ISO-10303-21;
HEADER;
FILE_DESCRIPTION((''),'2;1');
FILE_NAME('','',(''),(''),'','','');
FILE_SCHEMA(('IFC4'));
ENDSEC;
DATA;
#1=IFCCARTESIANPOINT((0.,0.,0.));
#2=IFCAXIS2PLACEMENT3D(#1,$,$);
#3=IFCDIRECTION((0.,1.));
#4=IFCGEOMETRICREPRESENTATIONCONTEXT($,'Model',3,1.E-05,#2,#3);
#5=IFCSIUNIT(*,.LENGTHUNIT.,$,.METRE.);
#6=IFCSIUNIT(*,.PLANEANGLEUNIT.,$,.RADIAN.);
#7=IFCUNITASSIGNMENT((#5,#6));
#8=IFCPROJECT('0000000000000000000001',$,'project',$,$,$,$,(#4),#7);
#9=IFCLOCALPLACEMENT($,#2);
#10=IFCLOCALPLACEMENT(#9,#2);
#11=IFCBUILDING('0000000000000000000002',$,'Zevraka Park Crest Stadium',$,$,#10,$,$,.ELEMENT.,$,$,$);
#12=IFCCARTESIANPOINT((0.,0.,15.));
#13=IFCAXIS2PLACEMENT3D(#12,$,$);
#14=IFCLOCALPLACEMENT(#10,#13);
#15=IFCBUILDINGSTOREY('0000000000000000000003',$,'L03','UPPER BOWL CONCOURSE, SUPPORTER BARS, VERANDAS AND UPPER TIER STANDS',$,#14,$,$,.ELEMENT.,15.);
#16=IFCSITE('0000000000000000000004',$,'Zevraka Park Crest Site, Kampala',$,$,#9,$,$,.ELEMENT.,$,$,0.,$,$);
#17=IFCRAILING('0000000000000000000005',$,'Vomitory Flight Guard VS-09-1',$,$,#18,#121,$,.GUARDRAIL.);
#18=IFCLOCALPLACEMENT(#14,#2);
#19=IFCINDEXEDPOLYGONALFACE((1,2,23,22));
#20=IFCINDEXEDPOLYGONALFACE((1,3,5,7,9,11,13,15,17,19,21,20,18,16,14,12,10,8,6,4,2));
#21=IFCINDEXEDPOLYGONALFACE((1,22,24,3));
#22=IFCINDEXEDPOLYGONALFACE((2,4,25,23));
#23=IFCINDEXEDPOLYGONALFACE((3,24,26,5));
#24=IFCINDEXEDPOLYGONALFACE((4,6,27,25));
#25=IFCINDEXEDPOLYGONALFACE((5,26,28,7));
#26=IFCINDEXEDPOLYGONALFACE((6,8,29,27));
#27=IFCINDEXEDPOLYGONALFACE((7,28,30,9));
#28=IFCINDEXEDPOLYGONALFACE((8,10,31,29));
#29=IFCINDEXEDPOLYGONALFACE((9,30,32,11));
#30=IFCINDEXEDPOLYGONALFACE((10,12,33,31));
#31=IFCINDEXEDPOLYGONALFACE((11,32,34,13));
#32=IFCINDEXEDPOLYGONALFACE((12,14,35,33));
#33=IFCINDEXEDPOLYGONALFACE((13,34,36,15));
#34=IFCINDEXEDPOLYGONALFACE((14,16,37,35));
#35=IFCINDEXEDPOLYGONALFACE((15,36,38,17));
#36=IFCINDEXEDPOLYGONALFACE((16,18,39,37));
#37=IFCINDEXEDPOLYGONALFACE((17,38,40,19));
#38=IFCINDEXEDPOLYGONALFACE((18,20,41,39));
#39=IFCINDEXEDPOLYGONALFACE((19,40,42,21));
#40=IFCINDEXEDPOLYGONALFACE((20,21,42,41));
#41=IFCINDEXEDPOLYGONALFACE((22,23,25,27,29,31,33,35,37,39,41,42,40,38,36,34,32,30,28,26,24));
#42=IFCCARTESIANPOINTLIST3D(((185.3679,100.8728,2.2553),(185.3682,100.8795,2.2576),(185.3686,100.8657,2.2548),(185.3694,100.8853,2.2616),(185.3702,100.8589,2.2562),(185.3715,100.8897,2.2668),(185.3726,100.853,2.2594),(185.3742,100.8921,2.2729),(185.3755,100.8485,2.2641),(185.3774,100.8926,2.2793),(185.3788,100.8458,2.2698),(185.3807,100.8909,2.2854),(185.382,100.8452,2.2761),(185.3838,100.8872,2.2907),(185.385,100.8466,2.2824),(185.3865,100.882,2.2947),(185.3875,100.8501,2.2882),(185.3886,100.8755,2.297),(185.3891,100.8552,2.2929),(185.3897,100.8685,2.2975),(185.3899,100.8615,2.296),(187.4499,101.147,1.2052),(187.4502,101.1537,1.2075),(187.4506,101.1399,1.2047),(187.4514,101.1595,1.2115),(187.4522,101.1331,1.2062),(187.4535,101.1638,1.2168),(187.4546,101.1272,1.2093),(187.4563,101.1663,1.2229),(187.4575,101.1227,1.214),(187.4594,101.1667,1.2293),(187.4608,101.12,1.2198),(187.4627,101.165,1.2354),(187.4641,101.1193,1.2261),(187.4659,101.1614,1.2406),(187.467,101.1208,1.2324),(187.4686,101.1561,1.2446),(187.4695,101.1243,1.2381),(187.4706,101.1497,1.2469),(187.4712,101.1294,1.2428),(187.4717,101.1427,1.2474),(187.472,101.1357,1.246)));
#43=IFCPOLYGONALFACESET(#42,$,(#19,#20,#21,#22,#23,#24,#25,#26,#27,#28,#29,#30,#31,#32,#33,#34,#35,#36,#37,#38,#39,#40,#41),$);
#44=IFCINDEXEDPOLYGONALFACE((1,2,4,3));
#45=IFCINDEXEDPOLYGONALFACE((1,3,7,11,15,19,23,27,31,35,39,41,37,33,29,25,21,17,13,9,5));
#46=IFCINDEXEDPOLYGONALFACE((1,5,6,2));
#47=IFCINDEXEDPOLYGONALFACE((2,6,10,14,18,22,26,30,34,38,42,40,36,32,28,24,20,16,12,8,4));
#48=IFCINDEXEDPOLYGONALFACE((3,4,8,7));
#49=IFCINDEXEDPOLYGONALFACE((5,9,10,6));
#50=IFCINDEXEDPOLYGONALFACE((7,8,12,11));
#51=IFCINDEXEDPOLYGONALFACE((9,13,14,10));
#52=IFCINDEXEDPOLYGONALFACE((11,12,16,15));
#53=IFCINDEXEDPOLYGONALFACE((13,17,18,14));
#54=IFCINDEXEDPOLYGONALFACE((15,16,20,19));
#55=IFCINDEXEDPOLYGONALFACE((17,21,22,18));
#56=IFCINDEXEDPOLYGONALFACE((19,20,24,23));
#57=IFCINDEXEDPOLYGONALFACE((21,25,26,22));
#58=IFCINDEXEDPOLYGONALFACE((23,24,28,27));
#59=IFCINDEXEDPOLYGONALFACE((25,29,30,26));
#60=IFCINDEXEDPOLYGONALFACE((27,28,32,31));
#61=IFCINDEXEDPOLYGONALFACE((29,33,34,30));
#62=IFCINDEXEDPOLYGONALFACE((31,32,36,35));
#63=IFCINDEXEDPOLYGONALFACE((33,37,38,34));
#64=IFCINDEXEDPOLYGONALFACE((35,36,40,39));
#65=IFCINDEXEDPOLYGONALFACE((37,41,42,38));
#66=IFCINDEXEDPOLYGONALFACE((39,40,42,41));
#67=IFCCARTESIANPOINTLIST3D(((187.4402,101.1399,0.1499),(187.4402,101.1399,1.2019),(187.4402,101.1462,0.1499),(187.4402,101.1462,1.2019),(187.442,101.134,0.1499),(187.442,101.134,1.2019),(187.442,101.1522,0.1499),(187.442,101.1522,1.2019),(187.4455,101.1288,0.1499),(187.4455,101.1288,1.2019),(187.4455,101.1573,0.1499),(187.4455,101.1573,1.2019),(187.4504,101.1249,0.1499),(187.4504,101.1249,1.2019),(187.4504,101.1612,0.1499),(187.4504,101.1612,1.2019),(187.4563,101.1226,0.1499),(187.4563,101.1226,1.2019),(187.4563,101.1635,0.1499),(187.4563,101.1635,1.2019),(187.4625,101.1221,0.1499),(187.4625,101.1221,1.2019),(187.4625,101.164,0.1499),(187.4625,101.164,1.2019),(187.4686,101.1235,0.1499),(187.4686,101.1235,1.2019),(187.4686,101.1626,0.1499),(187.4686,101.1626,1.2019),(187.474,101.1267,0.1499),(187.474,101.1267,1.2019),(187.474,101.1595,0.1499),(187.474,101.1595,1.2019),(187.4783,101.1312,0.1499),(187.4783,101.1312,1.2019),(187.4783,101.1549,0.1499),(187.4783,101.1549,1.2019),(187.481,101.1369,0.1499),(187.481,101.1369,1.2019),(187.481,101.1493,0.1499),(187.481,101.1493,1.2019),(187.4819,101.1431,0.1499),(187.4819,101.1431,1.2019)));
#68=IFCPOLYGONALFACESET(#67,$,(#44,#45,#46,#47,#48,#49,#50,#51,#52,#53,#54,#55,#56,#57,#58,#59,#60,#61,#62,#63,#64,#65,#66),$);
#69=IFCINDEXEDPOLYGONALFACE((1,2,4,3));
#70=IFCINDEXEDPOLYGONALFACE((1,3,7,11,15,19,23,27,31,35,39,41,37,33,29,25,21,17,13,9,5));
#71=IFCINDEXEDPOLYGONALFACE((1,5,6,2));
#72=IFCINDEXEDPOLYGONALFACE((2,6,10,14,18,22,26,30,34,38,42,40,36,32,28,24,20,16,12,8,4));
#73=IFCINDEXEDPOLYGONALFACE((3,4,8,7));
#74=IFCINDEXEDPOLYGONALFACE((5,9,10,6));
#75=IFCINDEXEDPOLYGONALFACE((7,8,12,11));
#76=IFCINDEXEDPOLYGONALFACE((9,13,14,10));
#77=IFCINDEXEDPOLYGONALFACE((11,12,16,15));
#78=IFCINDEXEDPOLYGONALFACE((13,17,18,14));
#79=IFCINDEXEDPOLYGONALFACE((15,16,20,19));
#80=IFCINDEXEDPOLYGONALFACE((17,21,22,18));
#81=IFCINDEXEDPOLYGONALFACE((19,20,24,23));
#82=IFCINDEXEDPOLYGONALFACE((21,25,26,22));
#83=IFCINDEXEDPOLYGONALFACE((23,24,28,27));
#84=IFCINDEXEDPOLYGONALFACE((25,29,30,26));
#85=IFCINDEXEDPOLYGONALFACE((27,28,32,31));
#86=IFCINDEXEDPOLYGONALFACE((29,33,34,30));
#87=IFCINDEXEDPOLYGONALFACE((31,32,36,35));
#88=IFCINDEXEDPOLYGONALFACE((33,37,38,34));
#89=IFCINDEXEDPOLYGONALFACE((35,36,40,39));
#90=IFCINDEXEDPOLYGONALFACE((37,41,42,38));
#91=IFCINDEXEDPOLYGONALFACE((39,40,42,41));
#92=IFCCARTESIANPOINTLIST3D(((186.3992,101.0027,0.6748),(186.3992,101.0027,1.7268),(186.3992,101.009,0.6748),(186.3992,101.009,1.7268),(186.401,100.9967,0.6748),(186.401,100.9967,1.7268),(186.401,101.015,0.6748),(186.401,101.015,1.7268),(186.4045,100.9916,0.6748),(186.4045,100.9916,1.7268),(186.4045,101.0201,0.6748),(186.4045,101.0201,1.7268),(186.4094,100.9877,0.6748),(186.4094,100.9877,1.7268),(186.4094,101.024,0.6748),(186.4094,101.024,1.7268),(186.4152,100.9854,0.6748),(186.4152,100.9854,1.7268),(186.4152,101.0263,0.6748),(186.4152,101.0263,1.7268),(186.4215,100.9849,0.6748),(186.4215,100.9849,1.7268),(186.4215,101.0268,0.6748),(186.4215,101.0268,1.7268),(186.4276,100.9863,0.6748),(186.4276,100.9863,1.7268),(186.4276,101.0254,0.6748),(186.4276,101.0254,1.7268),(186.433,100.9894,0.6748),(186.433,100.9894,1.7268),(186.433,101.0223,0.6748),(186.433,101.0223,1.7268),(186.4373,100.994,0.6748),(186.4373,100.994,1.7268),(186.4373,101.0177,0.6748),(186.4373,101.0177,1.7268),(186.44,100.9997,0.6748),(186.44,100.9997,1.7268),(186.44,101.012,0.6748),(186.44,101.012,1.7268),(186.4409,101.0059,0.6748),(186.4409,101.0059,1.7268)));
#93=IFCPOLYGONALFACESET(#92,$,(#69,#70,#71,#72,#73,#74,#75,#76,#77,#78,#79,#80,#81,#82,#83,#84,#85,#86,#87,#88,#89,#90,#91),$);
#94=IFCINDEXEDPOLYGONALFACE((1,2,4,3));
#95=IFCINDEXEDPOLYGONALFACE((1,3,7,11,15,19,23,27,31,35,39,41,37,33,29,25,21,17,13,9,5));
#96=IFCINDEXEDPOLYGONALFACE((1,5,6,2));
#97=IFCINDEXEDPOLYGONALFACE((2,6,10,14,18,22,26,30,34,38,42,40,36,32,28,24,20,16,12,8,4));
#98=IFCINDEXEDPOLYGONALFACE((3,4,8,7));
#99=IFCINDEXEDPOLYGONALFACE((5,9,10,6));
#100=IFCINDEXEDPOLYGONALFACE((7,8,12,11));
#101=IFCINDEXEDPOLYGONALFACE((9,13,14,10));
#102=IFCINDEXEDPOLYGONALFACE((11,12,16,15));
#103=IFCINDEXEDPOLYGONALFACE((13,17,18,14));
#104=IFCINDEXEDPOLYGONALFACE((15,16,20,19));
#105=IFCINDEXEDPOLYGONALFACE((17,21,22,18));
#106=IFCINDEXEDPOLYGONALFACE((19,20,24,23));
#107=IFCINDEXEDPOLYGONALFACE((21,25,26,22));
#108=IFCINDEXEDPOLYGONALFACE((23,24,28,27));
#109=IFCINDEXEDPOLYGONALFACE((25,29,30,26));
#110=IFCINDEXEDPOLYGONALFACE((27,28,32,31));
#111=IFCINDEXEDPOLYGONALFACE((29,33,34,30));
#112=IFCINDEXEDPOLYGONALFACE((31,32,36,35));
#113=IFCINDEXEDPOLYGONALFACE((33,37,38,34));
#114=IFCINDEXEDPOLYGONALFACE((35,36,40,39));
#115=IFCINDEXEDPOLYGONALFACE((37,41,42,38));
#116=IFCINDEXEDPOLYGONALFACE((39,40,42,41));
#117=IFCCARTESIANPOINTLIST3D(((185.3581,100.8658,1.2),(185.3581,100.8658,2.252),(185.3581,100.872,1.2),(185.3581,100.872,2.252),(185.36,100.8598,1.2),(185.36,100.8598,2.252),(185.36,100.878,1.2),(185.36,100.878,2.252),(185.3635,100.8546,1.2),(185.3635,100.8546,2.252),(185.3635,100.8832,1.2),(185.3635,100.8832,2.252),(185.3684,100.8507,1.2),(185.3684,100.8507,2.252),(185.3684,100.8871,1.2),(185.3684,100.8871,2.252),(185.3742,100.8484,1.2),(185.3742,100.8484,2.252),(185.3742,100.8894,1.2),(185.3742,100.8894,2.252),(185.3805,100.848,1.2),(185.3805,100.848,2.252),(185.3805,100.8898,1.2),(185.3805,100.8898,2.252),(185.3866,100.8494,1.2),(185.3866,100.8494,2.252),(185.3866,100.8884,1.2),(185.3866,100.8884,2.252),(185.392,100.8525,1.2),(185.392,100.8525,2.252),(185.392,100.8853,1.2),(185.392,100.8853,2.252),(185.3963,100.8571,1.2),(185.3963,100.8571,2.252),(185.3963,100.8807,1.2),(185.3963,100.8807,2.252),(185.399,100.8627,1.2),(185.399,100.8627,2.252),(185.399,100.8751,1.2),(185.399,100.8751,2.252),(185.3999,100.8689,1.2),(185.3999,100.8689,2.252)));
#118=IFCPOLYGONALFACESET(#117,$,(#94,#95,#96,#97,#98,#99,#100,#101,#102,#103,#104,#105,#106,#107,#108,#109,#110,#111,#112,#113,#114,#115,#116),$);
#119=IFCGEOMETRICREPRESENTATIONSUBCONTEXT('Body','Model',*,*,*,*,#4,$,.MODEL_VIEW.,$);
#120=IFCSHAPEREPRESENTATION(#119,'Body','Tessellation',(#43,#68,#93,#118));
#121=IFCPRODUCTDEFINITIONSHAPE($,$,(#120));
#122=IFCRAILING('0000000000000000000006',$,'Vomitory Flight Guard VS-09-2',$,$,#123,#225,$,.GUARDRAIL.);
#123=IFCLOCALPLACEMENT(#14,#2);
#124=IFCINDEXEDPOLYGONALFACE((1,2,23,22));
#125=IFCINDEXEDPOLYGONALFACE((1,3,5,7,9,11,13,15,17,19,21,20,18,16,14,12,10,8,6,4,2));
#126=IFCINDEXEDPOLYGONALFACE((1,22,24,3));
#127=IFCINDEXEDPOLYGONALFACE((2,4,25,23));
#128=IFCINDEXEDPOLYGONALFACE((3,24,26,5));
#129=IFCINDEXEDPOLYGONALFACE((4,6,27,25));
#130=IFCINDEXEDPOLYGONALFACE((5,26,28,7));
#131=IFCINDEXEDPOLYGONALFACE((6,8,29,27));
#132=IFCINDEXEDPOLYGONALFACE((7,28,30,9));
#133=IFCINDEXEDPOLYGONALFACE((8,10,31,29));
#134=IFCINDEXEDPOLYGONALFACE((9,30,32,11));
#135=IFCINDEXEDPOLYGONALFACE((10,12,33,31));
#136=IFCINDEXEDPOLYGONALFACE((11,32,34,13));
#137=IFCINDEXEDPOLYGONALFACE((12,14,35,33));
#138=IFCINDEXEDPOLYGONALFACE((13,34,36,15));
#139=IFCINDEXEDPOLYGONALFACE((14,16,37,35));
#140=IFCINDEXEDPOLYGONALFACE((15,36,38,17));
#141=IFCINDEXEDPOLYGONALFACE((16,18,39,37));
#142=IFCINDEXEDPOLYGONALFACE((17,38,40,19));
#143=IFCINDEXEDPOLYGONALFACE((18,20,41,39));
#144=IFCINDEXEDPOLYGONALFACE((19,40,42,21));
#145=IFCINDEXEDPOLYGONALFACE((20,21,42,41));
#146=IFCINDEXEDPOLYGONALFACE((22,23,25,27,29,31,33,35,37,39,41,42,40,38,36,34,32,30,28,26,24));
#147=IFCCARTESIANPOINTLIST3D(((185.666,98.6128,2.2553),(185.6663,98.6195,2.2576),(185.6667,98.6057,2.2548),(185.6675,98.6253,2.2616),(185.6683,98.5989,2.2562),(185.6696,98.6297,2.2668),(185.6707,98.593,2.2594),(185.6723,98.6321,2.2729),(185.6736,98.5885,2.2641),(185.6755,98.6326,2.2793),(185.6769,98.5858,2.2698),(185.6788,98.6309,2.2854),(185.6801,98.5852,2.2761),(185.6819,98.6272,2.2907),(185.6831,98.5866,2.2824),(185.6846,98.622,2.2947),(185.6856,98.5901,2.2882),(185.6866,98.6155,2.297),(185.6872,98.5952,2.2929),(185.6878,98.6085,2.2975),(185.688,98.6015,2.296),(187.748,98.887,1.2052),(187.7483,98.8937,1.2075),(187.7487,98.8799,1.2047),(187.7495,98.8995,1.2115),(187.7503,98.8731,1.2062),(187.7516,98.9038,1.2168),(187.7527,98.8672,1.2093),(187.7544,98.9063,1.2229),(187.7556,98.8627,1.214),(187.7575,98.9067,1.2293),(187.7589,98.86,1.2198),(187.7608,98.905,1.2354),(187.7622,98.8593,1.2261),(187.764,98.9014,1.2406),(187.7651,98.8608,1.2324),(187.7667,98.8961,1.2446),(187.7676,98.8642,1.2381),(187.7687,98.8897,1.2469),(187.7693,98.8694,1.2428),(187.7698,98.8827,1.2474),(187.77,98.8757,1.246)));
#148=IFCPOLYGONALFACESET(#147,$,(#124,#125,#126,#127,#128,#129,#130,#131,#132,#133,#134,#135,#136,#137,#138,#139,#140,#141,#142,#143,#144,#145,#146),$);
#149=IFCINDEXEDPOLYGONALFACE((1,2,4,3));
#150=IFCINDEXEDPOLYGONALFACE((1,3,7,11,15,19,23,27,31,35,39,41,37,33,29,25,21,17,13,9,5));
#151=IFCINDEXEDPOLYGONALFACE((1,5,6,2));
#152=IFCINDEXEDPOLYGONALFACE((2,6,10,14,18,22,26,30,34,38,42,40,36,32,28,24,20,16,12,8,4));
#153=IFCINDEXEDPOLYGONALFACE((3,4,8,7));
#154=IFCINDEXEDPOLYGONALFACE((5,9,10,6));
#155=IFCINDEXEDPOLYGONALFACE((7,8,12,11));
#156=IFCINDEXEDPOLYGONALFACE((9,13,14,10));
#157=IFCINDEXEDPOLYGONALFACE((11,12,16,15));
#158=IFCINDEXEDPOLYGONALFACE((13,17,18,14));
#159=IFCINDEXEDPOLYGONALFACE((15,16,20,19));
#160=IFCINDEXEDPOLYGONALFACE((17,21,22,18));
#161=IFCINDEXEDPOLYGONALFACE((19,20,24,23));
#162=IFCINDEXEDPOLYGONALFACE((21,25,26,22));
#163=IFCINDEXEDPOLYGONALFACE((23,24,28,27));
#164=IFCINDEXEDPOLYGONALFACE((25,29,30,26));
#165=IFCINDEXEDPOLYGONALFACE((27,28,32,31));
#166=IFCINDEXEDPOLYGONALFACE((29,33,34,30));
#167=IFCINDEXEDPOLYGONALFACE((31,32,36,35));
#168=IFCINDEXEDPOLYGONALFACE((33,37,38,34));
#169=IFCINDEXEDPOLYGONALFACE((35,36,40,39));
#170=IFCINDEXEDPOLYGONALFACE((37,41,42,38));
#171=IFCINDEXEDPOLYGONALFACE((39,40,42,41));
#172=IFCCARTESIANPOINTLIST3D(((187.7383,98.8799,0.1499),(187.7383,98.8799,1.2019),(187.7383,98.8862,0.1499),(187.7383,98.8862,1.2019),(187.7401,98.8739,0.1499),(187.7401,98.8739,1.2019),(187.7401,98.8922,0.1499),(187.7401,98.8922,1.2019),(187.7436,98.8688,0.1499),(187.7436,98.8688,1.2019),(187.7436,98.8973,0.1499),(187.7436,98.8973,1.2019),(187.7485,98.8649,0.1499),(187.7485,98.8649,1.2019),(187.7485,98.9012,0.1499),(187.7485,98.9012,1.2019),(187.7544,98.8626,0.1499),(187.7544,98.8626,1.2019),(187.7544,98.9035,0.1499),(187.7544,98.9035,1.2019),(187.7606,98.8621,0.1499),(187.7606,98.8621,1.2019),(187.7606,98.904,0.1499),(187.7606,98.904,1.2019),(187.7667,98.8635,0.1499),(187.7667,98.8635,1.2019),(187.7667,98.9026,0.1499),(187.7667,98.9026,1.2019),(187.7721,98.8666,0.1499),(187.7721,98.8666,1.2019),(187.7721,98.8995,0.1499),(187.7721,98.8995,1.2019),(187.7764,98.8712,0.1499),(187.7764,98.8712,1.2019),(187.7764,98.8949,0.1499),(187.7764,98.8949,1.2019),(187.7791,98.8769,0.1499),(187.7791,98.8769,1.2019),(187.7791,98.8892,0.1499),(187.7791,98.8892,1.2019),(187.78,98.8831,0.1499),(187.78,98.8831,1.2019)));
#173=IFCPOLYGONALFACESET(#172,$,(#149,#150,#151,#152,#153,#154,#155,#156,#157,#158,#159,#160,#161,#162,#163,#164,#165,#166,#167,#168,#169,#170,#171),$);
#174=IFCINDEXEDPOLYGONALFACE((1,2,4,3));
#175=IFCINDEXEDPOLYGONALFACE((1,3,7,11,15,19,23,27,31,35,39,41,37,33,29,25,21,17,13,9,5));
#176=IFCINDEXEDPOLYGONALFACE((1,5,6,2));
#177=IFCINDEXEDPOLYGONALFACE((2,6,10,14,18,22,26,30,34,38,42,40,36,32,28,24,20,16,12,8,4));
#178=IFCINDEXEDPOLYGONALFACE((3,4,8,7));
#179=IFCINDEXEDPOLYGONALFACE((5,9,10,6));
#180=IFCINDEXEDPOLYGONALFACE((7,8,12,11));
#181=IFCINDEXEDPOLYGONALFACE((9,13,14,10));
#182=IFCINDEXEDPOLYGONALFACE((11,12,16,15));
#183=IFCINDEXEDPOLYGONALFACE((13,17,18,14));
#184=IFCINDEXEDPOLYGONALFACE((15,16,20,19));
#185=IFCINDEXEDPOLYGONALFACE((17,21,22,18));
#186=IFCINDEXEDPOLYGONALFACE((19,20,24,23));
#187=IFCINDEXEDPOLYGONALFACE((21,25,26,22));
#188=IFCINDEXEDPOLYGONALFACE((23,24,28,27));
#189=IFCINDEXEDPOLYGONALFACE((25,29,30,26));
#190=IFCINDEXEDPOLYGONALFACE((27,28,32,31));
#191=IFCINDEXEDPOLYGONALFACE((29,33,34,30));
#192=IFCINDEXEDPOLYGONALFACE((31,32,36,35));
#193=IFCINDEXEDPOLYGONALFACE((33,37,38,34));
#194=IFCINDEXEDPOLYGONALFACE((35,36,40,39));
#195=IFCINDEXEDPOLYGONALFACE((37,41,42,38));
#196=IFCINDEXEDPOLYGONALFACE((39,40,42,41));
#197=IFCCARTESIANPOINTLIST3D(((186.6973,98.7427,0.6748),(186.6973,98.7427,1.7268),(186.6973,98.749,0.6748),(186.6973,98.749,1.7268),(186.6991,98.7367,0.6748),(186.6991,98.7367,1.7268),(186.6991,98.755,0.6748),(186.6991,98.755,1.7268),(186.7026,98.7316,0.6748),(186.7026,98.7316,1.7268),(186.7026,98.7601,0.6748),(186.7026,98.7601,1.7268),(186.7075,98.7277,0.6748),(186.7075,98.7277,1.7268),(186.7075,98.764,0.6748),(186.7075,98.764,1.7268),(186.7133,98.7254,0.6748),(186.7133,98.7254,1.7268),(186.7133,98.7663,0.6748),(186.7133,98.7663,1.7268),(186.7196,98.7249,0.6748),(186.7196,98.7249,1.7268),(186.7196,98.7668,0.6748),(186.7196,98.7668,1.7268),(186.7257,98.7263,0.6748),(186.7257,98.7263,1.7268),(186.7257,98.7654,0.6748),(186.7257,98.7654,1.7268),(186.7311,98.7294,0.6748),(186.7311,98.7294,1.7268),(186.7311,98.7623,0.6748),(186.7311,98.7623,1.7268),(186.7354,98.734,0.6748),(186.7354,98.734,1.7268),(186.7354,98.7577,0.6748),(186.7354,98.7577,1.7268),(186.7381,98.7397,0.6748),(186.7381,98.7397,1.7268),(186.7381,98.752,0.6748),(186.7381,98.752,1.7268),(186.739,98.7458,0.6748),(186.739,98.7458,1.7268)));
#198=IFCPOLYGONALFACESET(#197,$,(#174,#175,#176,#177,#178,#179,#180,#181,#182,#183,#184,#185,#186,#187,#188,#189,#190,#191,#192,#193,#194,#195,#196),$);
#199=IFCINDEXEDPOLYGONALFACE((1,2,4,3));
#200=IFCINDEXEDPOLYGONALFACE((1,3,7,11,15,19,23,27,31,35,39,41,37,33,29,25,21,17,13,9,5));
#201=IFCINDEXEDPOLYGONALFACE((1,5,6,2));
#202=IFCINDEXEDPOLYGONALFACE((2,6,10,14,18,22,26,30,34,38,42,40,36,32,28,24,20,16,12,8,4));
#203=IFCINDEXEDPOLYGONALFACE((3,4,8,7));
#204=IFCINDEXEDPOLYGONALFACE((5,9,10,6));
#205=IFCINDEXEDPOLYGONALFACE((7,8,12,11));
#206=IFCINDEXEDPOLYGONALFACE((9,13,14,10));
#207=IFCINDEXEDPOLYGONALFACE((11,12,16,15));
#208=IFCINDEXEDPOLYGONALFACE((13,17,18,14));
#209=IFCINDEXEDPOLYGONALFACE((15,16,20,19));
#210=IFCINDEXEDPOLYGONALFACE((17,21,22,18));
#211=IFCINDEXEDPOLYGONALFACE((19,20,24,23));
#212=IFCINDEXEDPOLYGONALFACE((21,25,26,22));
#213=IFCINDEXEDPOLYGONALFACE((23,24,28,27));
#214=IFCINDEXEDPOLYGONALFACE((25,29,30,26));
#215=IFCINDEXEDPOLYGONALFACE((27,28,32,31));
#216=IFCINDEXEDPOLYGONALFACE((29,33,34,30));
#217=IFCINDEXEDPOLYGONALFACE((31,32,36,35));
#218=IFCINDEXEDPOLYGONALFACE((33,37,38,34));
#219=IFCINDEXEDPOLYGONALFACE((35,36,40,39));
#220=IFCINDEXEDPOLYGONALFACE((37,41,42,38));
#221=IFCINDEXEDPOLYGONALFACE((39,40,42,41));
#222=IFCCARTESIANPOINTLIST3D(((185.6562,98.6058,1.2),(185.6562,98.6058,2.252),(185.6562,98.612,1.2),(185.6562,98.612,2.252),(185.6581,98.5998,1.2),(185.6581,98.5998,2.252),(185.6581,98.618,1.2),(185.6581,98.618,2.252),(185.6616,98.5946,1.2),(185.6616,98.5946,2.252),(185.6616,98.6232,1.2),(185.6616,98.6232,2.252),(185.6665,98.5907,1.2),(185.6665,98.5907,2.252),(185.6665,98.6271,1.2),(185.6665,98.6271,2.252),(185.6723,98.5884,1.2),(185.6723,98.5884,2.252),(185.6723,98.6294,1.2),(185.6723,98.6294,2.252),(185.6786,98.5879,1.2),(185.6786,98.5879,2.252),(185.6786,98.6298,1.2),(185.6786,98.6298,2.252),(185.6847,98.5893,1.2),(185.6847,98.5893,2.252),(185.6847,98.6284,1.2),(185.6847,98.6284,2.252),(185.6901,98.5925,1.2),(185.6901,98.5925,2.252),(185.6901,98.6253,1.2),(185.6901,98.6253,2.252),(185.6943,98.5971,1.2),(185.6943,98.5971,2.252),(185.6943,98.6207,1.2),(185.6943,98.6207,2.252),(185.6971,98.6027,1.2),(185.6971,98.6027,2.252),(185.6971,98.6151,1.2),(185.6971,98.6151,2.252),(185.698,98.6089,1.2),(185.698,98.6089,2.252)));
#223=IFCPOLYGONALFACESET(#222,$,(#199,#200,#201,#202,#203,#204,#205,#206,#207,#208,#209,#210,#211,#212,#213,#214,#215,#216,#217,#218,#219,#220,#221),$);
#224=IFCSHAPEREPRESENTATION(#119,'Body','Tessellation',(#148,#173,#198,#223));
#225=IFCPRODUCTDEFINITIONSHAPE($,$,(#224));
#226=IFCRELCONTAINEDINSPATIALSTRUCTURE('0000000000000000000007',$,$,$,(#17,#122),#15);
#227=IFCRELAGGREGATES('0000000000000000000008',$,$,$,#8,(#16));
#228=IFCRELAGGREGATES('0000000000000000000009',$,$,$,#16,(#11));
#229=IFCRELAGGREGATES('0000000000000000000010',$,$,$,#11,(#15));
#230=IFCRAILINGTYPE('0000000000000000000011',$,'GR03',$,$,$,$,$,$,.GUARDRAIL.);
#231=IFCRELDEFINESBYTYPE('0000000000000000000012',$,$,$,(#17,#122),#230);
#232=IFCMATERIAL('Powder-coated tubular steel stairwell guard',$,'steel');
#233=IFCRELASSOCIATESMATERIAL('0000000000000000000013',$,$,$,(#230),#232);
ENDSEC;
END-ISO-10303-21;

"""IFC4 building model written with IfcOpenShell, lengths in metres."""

from ifc_helpers import new_model, si_unit, direction, frame, origin, origin_2d, place, context, subcontext, project, spatial, circle, extrude, material, type_object, element, save


model = new_model("IFC4")

# Units and contexts
model_context = context("Model", 3, precision=1e-05, world=origin(), true_north=direction((0.0, 1.0)))
body_context = subcontext(model_context, "Body", "Model", "MODEL_VIEW")
ifc_project = project(units=[si_unit("LENGTHUNIT", "METRE"), si_unit("PLANEANGLEUNIT", "RADIAN")], contexts=[model_context])

# Site, building, storey
site_placement = place(None, origin())
site = spatial("IfcSite", under=ifc_project, at=site_placement, Name="Zevraka Park Crest Site, Kampala", CompositionType="ELEMENT", RefElevation=0.0)
building_placement = place(site_placement, origin())
building = spatial("IfcBuilding", under=site, at=building_placement, Name="Zevraka Park Crest Stadium", CompositionType="ELEMENT")
storey_placement = place(building_placement, frame((0.0, 0.0, 15.0)))
storey = spatial("IfcBuildingStorey", under=building, at=storey_placement, Name="L03", Description="UPPER BOWL CONCOURSE, SUPPORTER BARS, VERANDAS AND UPPER TIER STANDS", CompositionType="ELEMENT", Elevation=15.0)

# Railings
ifc_material_1 = material(Name="Powder-coated tubular steel stairwell guard", Category="steel")
railing_type_1 = type_object("IfcRailingType", Name="GR03", PredefinedType="GUARDRAIL", material=ifc_material_1)
for number, where, name in (
    (1, (187.4609, 101.1431, 0.1499), "Vomitory Flight Guard VS-09-1"),
    (2, (187.759, 98.8831, 0.1499), "Vomitory Flight Guard VS-09-2"),
):
    element("IfcRailing", number, at=place(storey_placement, frame(where)), inside=storey, type_object=railing_type_1, Name=name, PredefinedType="GUARDRAIL", context=body_context, shape_type="SweptSolid", body=[
        extrude(circle(Radius=0.0239, at=origin_2d()), frame((0.0, 0.0, 1.0762), z_axis=(-0.886764, -0.116772, 0.447229), x_axis=(0.130557, -0.991441, 0.0)), (0.0, 0.0, 1.0), 2.3479),
        extrude(circle(Radius=0.021, at=origin_2d()), origin(), (0.0, 0.0, 1.0), 1.052),
        extrude(circle(Radius=0.021, at=origin_2d()), frame((-1.041, -0.1372, 0.5249)), (0.0, 0.0, 1.0), 1.052),
        extrude(circle(Radius=0.021, at=origin_2d()), frame((-2.082, -0.2742, 1.05)), (0.0, 0.0, 1.0), 1.052),
    ])

save(model, "model.ifc")
